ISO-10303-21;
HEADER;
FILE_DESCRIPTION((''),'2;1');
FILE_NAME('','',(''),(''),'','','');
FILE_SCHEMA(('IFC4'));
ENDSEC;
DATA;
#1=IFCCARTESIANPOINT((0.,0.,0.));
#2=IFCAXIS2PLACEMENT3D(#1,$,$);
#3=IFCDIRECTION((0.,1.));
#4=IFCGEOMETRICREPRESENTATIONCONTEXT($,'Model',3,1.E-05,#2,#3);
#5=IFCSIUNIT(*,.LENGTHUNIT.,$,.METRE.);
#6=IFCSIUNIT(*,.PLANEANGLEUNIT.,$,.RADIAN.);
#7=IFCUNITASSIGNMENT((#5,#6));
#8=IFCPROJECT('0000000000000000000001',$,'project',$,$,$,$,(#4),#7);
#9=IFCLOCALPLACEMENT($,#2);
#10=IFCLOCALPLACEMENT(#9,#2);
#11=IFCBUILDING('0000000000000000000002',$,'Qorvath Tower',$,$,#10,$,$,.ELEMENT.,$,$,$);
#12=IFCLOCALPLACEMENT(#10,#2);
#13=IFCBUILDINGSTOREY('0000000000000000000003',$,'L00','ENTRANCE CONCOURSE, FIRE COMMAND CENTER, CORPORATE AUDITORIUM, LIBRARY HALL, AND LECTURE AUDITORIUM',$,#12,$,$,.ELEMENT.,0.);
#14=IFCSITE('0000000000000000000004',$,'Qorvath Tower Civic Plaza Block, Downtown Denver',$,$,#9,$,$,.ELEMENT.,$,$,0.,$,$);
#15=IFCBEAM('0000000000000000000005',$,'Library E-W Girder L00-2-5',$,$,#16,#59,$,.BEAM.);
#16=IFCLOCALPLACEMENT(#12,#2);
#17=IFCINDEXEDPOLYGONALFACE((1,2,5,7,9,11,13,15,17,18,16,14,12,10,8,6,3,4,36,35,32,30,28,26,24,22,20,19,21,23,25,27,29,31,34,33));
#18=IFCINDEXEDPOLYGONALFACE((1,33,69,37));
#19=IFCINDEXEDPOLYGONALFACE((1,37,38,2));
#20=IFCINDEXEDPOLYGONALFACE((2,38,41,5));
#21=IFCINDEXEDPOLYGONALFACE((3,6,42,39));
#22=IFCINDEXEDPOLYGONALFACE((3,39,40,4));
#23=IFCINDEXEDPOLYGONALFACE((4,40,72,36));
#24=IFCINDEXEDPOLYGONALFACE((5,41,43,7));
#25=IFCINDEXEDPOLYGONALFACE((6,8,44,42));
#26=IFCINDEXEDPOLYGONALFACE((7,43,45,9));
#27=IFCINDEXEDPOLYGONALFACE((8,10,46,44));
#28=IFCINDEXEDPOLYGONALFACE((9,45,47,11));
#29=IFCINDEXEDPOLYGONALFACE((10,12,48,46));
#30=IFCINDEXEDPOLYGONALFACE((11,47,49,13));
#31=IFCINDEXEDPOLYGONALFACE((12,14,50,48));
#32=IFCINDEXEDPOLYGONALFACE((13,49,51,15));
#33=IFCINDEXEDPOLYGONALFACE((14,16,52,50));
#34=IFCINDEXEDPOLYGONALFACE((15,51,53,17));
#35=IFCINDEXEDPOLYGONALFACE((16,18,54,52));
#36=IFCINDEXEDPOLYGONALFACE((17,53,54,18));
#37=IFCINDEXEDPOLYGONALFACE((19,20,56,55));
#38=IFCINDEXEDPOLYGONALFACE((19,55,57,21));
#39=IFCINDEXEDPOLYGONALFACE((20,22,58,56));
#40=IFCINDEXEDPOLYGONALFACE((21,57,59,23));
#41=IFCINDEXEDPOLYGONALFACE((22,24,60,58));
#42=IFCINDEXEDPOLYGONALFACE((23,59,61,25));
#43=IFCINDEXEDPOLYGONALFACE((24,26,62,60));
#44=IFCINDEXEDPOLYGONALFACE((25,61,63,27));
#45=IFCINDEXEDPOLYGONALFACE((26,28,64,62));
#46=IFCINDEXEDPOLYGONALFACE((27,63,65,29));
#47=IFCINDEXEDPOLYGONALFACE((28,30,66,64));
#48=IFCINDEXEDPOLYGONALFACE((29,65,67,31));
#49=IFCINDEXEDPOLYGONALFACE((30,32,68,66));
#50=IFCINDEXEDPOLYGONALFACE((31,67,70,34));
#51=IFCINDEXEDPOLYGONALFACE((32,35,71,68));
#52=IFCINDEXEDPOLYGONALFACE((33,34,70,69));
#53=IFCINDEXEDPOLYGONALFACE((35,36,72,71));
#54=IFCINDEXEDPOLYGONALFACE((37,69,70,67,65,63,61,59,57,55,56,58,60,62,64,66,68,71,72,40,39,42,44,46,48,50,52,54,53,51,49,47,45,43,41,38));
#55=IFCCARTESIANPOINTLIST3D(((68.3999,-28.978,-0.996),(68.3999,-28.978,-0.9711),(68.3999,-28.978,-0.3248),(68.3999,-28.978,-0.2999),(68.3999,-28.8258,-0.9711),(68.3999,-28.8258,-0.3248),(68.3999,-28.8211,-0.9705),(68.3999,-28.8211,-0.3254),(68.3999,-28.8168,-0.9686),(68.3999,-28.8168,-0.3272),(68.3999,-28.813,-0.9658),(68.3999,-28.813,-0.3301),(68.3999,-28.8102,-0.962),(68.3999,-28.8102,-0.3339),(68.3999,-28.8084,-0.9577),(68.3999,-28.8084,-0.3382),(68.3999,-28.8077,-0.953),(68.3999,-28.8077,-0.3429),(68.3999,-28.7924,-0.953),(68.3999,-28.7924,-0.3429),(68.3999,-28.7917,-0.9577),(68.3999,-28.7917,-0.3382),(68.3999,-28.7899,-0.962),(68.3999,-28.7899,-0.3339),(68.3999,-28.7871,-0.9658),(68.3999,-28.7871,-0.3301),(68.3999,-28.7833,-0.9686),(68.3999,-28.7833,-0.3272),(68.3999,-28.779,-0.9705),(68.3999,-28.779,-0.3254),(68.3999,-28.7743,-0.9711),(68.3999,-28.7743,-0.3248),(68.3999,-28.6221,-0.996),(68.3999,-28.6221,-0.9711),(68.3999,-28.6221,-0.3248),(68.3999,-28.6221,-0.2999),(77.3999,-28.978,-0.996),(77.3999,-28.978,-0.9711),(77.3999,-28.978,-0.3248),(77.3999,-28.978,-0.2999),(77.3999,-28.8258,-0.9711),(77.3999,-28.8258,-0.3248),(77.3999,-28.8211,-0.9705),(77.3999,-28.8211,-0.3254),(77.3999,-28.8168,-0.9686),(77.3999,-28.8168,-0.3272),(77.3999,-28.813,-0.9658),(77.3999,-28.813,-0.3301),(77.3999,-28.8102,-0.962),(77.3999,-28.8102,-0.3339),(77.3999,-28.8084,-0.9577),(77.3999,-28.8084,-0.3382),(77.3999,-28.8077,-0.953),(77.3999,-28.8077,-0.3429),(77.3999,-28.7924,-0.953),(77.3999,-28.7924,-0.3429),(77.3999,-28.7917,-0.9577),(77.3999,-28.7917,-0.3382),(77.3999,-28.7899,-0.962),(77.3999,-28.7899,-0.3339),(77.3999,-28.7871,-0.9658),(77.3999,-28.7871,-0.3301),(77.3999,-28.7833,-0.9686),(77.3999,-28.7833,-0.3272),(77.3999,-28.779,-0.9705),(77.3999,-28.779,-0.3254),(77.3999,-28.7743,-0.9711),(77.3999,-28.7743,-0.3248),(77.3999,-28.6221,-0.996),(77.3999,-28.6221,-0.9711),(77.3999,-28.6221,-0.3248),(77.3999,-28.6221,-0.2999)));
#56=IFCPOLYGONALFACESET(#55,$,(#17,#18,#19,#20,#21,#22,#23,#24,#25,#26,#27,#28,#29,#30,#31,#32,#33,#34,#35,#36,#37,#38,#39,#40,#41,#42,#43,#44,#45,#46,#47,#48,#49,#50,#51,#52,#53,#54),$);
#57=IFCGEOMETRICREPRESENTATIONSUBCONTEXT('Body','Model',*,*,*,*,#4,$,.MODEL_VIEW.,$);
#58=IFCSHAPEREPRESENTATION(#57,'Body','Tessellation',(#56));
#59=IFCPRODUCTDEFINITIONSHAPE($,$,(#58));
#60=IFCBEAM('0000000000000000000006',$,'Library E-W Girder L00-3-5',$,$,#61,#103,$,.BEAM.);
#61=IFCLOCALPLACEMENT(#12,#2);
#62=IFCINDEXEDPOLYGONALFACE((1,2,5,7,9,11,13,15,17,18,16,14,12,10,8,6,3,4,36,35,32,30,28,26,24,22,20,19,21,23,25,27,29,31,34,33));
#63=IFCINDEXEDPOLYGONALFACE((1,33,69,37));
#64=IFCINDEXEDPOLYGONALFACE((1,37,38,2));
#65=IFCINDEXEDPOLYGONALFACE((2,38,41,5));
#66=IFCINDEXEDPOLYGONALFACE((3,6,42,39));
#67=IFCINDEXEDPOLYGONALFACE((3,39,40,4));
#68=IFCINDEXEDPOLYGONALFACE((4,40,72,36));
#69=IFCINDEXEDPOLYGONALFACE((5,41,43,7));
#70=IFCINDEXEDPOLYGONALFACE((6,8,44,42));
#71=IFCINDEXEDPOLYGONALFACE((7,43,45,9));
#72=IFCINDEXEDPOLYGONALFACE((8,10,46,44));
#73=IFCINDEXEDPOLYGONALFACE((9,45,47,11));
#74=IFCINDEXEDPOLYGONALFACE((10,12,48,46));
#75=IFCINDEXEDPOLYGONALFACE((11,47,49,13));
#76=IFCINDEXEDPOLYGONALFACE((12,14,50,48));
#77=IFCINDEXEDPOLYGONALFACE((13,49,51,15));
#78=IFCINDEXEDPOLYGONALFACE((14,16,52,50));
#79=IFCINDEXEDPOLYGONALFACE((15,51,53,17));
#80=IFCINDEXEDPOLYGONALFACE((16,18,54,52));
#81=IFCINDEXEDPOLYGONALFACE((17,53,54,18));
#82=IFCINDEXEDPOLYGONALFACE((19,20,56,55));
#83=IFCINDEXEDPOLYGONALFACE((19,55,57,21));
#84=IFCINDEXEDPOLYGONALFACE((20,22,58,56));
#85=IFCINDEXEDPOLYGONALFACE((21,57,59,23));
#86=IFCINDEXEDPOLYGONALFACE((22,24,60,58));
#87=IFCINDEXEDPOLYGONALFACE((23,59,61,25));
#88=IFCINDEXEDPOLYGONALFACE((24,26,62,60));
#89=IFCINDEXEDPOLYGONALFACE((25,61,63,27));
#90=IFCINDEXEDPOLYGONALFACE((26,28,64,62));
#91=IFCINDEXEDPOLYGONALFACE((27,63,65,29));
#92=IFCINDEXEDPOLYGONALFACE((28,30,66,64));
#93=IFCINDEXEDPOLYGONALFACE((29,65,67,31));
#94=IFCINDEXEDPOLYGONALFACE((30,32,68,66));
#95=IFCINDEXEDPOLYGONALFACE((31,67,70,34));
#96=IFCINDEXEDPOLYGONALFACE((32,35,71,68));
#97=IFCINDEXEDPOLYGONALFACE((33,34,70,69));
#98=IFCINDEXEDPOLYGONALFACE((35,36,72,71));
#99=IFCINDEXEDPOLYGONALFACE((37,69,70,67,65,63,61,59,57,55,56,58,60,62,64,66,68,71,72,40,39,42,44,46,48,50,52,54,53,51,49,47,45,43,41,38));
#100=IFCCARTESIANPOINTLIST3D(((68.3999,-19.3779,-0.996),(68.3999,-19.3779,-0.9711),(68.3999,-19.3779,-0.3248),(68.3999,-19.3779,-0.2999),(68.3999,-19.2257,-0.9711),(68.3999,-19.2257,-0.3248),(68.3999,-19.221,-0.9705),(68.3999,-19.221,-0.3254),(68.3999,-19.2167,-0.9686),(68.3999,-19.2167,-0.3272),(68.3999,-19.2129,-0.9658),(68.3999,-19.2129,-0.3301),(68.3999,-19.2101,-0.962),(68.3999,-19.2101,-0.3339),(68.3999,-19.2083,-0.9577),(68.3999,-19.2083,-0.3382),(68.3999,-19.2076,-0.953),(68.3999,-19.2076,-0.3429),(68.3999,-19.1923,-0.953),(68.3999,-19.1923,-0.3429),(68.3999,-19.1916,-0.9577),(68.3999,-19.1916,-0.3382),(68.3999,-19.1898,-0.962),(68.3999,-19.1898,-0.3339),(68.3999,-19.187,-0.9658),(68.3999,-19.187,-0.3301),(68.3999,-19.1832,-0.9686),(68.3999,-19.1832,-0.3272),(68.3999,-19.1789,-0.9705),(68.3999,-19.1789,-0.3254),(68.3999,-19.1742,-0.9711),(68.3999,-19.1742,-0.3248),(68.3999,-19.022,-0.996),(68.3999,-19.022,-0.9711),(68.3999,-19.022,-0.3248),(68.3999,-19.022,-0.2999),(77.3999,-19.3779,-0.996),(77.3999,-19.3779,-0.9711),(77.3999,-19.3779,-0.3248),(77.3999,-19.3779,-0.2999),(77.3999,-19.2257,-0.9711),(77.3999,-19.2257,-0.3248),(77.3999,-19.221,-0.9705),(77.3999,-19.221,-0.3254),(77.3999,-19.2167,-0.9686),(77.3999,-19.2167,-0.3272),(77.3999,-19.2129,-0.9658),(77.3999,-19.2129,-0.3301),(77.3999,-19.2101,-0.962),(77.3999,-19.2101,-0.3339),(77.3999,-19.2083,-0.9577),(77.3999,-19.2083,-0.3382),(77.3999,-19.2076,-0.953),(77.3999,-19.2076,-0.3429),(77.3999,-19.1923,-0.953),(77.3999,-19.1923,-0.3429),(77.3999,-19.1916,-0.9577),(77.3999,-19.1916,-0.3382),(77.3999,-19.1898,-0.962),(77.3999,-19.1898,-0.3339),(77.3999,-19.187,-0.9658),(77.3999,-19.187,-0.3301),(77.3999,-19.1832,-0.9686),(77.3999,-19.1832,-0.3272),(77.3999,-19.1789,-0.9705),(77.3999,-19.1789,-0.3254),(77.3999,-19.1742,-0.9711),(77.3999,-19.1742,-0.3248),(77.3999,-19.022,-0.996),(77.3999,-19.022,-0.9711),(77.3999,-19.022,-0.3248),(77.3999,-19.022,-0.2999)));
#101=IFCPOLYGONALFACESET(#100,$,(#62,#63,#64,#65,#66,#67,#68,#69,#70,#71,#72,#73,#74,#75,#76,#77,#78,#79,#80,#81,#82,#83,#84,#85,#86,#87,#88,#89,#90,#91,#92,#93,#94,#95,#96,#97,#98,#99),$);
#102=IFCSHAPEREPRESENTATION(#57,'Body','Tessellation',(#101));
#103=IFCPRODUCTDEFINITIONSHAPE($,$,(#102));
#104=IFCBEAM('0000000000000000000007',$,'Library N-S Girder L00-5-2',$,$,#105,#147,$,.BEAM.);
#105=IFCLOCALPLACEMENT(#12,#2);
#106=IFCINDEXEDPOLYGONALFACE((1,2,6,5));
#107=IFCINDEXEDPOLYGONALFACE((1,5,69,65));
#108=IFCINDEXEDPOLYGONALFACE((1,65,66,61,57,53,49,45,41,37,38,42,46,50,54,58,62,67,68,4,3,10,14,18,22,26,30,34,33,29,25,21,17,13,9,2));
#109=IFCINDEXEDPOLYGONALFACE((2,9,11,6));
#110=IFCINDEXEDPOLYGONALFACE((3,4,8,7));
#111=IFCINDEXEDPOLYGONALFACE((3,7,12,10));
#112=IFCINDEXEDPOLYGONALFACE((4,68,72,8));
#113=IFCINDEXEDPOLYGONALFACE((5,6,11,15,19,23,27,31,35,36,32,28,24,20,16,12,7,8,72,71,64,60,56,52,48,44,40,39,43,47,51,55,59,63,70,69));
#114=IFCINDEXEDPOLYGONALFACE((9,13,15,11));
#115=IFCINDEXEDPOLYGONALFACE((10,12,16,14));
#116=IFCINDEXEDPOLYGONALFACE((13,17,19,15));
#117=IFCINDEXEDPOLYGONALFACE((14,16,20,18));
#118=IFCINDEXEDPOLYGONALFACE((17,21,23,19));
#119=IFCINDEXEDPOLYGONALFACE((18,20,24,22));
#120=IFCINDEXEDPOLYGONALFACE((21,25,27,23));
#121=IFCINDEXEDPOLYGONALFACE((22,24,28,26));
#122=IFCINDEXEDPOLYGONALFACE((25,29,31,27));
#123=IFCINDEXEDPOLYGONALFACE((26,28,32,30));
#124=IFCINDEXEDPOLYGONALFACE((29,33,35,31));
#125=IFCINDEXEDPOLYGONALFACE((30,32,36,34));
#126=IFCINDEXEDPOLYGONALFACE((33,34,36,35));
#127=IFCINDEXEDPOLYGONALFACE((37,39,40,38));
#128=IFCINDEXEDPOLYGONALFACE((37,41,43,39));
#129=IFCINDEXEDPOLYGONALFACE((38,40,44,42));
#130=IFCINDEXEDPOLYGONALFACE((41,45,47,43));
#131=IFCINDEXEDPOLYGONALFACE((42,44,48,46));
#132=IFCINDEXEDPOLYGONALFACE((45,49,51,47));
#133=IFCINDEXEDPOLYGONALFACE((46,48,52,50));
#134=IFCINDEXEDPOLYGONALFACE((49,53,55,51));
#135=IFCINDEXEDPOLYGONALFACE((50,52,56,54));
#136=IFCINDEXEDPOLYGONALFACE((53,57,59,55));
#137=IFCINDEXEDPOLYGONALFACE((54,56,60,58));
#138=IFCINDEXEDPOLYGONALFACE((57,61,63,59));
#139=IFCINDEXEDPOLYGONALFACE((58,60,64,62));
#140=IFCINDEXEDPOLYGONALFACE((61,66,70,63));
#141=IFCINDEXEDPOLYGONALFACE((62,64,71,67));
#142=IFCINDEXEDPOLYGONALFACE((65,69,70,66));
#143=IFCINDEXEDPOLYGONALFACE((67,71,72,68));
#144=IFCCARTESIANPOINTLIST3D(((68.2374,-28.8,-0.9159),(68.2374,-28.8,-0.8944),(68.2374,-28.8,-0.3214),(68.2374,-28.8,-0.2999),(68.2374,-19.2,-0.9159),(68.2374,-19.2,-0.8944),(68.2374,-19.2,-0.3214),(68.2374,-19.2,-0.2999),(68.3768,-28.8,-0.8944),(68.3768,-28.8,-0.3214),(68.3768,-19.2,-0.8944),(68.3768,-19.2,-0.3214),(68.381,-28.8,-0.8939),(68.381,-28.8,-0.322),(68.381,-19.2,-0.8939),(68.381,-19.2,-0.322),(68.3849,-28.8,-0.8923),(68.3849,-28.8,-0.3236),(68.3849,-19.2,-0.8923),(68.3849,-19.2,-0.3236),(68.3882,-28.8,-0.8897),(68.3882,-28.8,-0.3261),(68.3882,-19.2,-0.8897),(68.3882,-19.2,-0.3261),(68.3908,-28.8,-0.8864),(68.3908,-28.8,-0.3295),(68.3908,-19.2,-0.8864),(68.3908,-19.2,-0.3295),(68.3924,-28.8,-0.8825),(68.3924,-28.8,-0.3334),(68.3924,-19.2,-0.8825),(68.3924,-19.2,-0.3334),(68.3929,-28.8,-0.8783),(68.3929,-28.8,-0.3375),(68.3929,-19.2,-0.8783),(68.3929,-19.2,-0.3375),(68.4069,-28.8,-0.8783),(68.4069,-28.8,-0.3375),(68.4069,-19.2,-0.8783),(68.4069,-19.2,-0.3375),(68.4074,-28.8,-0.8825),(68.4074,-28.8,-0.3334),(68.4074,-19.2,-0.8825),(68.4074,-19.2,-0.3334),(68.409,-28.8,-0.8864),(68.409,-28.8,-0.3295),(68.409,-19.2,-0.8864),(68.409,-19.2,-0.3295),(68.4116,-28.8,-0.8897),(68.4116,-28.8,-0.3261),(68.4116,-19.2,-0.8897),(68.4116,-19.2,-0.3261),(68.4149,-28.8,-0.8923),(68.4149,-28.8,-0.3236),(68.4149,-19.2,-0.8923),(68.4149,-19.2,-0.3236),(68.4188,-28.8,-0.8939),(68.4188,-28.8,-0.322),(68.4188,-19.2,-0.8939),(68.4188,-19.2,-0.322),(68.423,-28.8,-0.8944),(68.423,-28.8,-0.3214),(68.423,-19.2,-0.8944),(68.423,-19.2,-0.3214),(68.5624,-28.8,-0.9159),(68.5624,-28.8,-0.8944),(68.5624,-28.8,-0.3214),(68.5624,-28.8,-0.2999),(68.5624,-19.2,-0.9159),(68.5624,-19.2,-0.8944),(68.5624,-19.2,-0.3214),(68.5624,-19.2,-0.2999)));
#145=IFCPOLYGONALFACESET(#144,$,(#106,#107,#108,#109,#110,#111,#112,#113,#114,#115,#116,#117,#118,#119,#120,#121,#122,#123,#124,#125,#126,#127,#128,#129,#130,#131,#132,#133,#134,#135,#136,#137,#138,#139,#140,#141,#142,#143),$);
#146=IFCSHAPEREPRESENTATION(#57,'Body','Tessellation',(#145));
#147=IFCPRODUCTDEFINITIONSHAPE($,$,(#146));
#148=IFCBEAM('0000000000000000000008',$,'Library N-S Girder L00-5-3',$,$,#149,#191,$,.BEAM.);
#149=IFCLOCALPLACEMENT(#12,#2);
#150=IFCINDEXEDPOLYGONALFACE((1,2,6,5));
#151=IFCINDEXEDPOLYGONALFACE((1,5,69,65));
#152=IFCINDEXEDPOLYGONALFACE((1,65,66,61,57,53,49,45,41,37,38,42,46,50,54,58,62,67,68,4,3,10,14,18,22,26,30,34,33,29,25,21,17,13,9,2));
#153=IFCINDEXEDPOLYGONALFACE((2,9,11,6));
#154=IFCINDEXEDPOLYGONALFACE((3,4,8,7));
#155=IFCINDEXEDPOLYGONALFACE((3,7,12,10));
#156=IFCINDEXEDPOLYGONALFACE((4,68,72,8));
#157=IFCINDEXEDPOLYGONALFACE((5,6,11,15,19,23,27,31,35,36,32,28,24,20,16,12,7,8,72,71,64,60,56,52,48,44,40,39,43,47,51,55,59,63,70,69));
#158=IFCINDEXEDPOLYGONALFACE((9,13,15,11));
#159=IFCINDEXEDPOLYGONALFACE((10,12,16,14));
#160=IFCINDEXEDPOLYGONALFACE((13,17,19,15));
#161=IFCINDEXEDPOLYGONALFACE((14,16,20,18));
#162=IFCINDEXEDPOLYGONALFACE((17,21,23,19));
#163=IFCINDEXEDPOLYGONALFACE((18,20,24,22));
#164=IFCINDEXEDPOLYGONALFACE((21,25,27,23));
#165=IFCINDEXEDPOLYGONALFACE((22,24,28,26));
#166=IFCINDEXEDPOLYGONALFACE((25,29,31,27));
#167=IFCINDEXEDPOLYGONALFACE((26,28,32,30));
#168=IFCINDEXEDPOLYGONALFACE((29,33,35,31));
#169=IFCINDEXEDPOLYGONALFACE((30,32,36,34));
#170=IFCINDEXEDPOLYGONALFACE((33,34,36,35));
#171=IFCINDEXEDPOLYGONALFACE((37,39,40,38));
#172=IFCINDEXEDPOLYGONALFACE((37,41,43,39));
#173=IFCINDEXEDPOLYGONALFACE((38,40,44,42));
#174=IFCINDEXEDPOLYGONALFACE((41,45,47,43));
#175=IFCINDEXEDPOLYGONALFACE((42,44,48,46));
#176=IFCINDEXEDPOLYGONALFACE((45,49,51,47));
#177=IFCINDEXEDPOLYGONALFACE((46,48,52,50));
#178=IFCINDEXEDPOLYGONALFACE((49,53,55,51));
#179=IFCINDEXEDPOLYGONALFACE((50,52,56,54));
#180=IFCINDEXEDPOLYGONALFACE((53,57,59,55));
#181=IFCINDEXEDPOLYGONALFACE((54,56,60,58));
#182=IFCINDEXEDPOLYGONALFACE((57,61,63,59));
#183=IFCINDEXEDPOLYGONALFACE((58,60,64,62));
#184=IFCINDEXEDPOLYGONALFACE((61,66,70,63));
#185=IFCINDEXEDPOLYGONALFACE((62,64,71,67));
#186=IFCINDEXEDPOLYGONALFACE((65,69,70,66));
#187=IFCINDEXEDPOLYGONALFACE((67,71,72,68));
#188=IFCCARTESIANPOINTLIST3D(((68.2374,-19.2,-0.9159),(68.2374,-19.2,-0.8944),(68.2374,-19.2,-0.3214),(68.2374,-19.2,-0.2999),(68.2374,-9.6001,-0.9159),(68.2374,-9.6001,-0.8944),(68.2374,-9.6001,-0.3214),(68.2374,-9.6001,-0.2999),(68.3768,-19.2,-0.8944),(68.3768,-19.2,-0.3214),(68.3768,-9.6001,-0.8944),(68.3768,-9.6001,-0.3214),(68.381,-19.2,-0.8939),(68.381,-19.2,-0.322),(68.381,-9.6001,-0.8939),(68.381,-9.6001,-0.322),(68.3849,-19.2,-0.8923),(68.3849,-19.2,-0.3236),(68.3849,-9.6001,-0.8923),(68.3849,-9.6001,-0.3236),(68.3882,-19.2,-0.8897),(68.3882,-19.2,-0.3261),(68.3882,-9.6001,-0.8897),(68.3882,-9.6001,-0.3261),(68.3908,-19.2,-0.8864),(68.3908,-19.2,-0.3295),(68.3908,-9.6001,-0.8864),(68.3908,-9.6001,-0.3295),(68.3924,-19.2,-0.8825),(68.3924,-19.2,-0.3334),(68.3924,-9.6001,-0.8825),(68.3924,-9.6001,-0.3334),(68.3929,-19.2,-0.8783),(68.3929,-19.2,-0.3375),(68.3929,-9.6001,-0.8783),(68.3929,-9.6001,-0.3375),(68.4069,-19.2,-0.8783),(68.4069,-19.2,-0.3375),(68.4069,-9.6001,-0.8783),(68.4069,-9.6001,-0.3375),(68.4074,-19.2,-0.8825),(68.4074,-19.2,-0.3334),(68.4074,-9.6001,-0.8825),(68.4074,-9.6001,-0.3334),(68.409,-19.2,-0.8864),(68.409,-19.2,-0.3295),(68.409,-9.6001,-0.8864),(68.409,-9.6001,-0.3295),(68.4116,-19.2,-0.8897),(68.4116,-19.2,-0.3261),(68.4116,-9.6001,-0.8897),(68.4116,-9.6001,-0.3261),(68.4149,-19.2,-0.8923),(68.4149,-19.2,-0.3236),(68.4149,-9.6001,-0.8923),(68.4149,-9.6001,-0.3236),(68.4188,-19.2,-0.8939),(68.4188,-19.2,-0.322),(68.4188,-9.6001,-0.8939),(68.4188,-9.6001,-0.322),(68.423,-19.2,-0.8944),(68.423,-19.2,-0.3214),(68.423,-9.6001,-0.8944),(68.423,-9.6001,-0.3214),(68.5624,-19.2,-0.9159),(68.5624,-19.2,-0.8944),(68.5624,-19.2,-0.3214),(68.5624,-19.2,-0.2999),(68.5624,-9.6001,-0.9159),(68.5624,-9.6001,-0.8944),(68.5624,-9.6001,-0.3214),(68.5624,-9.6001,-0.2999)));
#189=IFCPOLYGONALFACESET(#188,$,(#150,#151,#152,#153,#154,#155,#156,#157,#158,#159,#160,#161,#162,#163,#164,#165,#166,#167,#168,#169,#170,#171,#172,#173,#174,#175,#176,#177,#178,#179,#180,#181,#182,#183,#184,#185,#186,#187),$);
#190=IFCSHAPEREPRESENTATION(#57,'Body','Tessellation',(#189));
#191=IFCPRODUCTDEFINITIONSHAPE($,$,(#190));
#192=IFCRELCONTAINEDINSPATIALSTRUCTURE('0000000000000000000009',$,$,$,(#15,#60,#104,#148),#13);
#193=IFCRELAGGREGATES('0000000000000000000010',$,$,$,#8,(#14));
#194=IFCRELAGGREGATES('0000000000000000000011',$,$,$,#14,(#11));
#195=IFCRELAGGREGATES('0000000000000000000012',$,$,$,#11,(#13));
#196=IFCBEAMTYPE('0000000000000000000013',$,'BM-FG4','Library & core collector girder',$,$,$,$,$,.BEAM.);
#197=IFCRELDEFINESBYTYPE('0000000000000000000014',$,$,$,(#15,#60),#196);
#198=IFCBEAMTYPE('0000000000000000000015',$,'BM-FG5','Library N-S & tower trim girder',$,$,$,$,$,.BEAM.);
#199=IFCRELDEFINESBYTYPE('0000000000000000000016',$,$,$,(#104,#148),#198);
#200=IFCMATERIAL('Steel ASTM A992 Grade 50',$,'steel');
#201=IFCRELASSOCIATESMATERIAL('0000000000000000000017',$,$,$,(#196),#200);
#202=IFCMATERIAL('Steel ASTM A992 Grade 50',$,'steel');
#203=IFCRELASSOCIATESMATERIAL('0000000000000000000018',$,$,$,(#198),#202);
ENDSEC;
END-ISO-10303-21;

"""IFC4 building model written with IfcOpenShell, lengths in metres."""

from ifc_helpers import new_model, si_unit, direction, frame, origin, origin_2d, place, context, subcontext, project, spatial, i_section, extrude, material, material_profile, profile_set, type_object, element, save


model = new_model("IFC4")

# Units and contexts
model_context = context("Model", 3, precision=1e-05, world=origin(), true_north=direction((0.0, 1.0)))
body_context = subcontext(model_context, "Body", "Model", "MODEL_VIEW")
ifc_project = project(units=[si_unit("LENGTHUNIT", "METRE"), si_unit("PLANEANGLEUNIT", "RADIAN")], contexts=[model_context])

# Site, building, storey
site_placement = place(None, origin())
site = spatial("IfcSite", under=ifc_project, at=site_placement, Name="Qorvath Tower Civic Plaza Block, Downtown Denver", CompositionType="ELEMENT", RefElevation=0.0)
building_placement = place(site_placement, origin())
building = spatial("IfcBuilding", under=site, at=building_placement, Name="Qorvath Tower", CompositionType="ELEMENT")
storey_placement = place(building_placement, origin())
storey = spatial("IfcBuildingStorey", under=building, at=storey_placement, Name="L00", Description="ENTRANCE CONCOURSE, FIRE COMMAND CENTER, CORPORATE AUDITORIUM, LIBRARY HALL, AND LECTURE AUDITORIUM", CompositionType="ELEMENT", Elevation=0.0)

# Beams
ifc_material_1 = material(Name="Steel ASTM A992 Grade 50", Category="steel")
ifc_material_profile_1 = material_profile(ifc_material_1, i_section(OverallWidth=0.356, OverallDepth=0.696, WebThickness=0.0154, FlangeThickness=0.0249, FilletRadius=0.0181, at=origin_2d()), Name="W27x146")
ifc_profile_set_1 = profile_set([ifc_material_profile_1], Name="Steel ASTM A992 Grade 50")
beam_type_1 = type_object("IfcBeamType", Name="BM-FG4", Description="Library & core collector girder", PredefinedType="BEAM", material=ifc_profile_set_1)
for number, where, z_axis, x_axis, name in (
    (1, (68.3999, -28.8, -0.6479), (1.0, 0.0, 0.0), (0.0, 1.0, 0.0), "Library E-W Girder L00-2-5"),
    (2, (68.3999, -19.2, -0.6479), (1.0, 0.0, 0.0), (0.0, 1.0, 0.0), "Library E-W Girder L00-3-5"),
):
    element("IfcBeam", number, at=place(storey_placement, frame(where, z_axis=z_axis, x_axis=x_axis)), inside=storey, type_object=beam_type_1, Name=name, PredefinedType="BEAM", context=body_context, shape_type="SweptSolid", body=[
        extrude(i_section(OverallWidth=0.356, OverallDepth=0.696, WebThickness=0.0154, FlangeThickness=0.0249, FilletRadius=0.0181, at=origin_2d()), origin(), (0.0, 0.0, 1.0), 9.0),
    ])
ifc_material_2 = material(Name="Steel ASTM A992 Grade 50", Category="steel")
ifc_material_profile_2 = material_profile(ifc_material_2, i_section(OverallWidth=0.325, OverallDepth=0.616, WebThickness=0.0139, FlangeThickness=0.0215, FilletRadius=0.0161, at=origin_2d()), Name="W24x117")
ifc_profile_set_2 = profile_set([ifc_material_profile_2], Name="Steel ASTM A992 Grade 50")
beam_type_2 = type_object("IfcBeamType", Name="BM-FG5", Description="Library N-S & tower trim girder", PredefinedType="BEAM", material=ifc_profile_set_2)
beam_1_placement = place(storey_placement, frame((68.3999, -28.8, -0.6079), z_axis=(0.0, 1.0, 0.0), x_axis=(-1.0, 0.0, 0.0)))
element("IfcBeam", 3, at=beam_1_placement, inside=storey, type_object=beam_type_2, Name="Library N-S Girder L00-5-2", PredefinedType="BEAM", context=body_context, shape_type="SweptSolid", body=[
    extrude(i_section(OverallWidth=0.325, OverallDepth=0.616, WebThickness=0.0139, FlangeThickness=0.0215, FilletRadius=0.0161, at=origin_2d()), origin(), (0.0, 0.0, 1.0), 9.6001),
])
beam_2_placement = place(storey_placement, frame((68.3999, -19.2, -0.6079), z_axis=(0.0, 1.0, 0.0), x_axis=(-1.0, 0.0, 0.0)))
element("IfcBeam", 4, at=beam_2_placement, inside=storey, type_object=beam_type_2, Name="Library N-S Girder L00-5-3", PredefinedType="BEAM", context=body_context, shape_type="SweptSolid", body=[
    extrude(i_section(OverallWidth=0.325, OverallDepth=0.616, WebThickness=0.0139, FlangeThickness=0.0215, FilletRadius=0.0161, at=origin_2d()), origin(), (0.0, 0.0, 1.0), 9.5999),
])

save(model, "model.ifc")
